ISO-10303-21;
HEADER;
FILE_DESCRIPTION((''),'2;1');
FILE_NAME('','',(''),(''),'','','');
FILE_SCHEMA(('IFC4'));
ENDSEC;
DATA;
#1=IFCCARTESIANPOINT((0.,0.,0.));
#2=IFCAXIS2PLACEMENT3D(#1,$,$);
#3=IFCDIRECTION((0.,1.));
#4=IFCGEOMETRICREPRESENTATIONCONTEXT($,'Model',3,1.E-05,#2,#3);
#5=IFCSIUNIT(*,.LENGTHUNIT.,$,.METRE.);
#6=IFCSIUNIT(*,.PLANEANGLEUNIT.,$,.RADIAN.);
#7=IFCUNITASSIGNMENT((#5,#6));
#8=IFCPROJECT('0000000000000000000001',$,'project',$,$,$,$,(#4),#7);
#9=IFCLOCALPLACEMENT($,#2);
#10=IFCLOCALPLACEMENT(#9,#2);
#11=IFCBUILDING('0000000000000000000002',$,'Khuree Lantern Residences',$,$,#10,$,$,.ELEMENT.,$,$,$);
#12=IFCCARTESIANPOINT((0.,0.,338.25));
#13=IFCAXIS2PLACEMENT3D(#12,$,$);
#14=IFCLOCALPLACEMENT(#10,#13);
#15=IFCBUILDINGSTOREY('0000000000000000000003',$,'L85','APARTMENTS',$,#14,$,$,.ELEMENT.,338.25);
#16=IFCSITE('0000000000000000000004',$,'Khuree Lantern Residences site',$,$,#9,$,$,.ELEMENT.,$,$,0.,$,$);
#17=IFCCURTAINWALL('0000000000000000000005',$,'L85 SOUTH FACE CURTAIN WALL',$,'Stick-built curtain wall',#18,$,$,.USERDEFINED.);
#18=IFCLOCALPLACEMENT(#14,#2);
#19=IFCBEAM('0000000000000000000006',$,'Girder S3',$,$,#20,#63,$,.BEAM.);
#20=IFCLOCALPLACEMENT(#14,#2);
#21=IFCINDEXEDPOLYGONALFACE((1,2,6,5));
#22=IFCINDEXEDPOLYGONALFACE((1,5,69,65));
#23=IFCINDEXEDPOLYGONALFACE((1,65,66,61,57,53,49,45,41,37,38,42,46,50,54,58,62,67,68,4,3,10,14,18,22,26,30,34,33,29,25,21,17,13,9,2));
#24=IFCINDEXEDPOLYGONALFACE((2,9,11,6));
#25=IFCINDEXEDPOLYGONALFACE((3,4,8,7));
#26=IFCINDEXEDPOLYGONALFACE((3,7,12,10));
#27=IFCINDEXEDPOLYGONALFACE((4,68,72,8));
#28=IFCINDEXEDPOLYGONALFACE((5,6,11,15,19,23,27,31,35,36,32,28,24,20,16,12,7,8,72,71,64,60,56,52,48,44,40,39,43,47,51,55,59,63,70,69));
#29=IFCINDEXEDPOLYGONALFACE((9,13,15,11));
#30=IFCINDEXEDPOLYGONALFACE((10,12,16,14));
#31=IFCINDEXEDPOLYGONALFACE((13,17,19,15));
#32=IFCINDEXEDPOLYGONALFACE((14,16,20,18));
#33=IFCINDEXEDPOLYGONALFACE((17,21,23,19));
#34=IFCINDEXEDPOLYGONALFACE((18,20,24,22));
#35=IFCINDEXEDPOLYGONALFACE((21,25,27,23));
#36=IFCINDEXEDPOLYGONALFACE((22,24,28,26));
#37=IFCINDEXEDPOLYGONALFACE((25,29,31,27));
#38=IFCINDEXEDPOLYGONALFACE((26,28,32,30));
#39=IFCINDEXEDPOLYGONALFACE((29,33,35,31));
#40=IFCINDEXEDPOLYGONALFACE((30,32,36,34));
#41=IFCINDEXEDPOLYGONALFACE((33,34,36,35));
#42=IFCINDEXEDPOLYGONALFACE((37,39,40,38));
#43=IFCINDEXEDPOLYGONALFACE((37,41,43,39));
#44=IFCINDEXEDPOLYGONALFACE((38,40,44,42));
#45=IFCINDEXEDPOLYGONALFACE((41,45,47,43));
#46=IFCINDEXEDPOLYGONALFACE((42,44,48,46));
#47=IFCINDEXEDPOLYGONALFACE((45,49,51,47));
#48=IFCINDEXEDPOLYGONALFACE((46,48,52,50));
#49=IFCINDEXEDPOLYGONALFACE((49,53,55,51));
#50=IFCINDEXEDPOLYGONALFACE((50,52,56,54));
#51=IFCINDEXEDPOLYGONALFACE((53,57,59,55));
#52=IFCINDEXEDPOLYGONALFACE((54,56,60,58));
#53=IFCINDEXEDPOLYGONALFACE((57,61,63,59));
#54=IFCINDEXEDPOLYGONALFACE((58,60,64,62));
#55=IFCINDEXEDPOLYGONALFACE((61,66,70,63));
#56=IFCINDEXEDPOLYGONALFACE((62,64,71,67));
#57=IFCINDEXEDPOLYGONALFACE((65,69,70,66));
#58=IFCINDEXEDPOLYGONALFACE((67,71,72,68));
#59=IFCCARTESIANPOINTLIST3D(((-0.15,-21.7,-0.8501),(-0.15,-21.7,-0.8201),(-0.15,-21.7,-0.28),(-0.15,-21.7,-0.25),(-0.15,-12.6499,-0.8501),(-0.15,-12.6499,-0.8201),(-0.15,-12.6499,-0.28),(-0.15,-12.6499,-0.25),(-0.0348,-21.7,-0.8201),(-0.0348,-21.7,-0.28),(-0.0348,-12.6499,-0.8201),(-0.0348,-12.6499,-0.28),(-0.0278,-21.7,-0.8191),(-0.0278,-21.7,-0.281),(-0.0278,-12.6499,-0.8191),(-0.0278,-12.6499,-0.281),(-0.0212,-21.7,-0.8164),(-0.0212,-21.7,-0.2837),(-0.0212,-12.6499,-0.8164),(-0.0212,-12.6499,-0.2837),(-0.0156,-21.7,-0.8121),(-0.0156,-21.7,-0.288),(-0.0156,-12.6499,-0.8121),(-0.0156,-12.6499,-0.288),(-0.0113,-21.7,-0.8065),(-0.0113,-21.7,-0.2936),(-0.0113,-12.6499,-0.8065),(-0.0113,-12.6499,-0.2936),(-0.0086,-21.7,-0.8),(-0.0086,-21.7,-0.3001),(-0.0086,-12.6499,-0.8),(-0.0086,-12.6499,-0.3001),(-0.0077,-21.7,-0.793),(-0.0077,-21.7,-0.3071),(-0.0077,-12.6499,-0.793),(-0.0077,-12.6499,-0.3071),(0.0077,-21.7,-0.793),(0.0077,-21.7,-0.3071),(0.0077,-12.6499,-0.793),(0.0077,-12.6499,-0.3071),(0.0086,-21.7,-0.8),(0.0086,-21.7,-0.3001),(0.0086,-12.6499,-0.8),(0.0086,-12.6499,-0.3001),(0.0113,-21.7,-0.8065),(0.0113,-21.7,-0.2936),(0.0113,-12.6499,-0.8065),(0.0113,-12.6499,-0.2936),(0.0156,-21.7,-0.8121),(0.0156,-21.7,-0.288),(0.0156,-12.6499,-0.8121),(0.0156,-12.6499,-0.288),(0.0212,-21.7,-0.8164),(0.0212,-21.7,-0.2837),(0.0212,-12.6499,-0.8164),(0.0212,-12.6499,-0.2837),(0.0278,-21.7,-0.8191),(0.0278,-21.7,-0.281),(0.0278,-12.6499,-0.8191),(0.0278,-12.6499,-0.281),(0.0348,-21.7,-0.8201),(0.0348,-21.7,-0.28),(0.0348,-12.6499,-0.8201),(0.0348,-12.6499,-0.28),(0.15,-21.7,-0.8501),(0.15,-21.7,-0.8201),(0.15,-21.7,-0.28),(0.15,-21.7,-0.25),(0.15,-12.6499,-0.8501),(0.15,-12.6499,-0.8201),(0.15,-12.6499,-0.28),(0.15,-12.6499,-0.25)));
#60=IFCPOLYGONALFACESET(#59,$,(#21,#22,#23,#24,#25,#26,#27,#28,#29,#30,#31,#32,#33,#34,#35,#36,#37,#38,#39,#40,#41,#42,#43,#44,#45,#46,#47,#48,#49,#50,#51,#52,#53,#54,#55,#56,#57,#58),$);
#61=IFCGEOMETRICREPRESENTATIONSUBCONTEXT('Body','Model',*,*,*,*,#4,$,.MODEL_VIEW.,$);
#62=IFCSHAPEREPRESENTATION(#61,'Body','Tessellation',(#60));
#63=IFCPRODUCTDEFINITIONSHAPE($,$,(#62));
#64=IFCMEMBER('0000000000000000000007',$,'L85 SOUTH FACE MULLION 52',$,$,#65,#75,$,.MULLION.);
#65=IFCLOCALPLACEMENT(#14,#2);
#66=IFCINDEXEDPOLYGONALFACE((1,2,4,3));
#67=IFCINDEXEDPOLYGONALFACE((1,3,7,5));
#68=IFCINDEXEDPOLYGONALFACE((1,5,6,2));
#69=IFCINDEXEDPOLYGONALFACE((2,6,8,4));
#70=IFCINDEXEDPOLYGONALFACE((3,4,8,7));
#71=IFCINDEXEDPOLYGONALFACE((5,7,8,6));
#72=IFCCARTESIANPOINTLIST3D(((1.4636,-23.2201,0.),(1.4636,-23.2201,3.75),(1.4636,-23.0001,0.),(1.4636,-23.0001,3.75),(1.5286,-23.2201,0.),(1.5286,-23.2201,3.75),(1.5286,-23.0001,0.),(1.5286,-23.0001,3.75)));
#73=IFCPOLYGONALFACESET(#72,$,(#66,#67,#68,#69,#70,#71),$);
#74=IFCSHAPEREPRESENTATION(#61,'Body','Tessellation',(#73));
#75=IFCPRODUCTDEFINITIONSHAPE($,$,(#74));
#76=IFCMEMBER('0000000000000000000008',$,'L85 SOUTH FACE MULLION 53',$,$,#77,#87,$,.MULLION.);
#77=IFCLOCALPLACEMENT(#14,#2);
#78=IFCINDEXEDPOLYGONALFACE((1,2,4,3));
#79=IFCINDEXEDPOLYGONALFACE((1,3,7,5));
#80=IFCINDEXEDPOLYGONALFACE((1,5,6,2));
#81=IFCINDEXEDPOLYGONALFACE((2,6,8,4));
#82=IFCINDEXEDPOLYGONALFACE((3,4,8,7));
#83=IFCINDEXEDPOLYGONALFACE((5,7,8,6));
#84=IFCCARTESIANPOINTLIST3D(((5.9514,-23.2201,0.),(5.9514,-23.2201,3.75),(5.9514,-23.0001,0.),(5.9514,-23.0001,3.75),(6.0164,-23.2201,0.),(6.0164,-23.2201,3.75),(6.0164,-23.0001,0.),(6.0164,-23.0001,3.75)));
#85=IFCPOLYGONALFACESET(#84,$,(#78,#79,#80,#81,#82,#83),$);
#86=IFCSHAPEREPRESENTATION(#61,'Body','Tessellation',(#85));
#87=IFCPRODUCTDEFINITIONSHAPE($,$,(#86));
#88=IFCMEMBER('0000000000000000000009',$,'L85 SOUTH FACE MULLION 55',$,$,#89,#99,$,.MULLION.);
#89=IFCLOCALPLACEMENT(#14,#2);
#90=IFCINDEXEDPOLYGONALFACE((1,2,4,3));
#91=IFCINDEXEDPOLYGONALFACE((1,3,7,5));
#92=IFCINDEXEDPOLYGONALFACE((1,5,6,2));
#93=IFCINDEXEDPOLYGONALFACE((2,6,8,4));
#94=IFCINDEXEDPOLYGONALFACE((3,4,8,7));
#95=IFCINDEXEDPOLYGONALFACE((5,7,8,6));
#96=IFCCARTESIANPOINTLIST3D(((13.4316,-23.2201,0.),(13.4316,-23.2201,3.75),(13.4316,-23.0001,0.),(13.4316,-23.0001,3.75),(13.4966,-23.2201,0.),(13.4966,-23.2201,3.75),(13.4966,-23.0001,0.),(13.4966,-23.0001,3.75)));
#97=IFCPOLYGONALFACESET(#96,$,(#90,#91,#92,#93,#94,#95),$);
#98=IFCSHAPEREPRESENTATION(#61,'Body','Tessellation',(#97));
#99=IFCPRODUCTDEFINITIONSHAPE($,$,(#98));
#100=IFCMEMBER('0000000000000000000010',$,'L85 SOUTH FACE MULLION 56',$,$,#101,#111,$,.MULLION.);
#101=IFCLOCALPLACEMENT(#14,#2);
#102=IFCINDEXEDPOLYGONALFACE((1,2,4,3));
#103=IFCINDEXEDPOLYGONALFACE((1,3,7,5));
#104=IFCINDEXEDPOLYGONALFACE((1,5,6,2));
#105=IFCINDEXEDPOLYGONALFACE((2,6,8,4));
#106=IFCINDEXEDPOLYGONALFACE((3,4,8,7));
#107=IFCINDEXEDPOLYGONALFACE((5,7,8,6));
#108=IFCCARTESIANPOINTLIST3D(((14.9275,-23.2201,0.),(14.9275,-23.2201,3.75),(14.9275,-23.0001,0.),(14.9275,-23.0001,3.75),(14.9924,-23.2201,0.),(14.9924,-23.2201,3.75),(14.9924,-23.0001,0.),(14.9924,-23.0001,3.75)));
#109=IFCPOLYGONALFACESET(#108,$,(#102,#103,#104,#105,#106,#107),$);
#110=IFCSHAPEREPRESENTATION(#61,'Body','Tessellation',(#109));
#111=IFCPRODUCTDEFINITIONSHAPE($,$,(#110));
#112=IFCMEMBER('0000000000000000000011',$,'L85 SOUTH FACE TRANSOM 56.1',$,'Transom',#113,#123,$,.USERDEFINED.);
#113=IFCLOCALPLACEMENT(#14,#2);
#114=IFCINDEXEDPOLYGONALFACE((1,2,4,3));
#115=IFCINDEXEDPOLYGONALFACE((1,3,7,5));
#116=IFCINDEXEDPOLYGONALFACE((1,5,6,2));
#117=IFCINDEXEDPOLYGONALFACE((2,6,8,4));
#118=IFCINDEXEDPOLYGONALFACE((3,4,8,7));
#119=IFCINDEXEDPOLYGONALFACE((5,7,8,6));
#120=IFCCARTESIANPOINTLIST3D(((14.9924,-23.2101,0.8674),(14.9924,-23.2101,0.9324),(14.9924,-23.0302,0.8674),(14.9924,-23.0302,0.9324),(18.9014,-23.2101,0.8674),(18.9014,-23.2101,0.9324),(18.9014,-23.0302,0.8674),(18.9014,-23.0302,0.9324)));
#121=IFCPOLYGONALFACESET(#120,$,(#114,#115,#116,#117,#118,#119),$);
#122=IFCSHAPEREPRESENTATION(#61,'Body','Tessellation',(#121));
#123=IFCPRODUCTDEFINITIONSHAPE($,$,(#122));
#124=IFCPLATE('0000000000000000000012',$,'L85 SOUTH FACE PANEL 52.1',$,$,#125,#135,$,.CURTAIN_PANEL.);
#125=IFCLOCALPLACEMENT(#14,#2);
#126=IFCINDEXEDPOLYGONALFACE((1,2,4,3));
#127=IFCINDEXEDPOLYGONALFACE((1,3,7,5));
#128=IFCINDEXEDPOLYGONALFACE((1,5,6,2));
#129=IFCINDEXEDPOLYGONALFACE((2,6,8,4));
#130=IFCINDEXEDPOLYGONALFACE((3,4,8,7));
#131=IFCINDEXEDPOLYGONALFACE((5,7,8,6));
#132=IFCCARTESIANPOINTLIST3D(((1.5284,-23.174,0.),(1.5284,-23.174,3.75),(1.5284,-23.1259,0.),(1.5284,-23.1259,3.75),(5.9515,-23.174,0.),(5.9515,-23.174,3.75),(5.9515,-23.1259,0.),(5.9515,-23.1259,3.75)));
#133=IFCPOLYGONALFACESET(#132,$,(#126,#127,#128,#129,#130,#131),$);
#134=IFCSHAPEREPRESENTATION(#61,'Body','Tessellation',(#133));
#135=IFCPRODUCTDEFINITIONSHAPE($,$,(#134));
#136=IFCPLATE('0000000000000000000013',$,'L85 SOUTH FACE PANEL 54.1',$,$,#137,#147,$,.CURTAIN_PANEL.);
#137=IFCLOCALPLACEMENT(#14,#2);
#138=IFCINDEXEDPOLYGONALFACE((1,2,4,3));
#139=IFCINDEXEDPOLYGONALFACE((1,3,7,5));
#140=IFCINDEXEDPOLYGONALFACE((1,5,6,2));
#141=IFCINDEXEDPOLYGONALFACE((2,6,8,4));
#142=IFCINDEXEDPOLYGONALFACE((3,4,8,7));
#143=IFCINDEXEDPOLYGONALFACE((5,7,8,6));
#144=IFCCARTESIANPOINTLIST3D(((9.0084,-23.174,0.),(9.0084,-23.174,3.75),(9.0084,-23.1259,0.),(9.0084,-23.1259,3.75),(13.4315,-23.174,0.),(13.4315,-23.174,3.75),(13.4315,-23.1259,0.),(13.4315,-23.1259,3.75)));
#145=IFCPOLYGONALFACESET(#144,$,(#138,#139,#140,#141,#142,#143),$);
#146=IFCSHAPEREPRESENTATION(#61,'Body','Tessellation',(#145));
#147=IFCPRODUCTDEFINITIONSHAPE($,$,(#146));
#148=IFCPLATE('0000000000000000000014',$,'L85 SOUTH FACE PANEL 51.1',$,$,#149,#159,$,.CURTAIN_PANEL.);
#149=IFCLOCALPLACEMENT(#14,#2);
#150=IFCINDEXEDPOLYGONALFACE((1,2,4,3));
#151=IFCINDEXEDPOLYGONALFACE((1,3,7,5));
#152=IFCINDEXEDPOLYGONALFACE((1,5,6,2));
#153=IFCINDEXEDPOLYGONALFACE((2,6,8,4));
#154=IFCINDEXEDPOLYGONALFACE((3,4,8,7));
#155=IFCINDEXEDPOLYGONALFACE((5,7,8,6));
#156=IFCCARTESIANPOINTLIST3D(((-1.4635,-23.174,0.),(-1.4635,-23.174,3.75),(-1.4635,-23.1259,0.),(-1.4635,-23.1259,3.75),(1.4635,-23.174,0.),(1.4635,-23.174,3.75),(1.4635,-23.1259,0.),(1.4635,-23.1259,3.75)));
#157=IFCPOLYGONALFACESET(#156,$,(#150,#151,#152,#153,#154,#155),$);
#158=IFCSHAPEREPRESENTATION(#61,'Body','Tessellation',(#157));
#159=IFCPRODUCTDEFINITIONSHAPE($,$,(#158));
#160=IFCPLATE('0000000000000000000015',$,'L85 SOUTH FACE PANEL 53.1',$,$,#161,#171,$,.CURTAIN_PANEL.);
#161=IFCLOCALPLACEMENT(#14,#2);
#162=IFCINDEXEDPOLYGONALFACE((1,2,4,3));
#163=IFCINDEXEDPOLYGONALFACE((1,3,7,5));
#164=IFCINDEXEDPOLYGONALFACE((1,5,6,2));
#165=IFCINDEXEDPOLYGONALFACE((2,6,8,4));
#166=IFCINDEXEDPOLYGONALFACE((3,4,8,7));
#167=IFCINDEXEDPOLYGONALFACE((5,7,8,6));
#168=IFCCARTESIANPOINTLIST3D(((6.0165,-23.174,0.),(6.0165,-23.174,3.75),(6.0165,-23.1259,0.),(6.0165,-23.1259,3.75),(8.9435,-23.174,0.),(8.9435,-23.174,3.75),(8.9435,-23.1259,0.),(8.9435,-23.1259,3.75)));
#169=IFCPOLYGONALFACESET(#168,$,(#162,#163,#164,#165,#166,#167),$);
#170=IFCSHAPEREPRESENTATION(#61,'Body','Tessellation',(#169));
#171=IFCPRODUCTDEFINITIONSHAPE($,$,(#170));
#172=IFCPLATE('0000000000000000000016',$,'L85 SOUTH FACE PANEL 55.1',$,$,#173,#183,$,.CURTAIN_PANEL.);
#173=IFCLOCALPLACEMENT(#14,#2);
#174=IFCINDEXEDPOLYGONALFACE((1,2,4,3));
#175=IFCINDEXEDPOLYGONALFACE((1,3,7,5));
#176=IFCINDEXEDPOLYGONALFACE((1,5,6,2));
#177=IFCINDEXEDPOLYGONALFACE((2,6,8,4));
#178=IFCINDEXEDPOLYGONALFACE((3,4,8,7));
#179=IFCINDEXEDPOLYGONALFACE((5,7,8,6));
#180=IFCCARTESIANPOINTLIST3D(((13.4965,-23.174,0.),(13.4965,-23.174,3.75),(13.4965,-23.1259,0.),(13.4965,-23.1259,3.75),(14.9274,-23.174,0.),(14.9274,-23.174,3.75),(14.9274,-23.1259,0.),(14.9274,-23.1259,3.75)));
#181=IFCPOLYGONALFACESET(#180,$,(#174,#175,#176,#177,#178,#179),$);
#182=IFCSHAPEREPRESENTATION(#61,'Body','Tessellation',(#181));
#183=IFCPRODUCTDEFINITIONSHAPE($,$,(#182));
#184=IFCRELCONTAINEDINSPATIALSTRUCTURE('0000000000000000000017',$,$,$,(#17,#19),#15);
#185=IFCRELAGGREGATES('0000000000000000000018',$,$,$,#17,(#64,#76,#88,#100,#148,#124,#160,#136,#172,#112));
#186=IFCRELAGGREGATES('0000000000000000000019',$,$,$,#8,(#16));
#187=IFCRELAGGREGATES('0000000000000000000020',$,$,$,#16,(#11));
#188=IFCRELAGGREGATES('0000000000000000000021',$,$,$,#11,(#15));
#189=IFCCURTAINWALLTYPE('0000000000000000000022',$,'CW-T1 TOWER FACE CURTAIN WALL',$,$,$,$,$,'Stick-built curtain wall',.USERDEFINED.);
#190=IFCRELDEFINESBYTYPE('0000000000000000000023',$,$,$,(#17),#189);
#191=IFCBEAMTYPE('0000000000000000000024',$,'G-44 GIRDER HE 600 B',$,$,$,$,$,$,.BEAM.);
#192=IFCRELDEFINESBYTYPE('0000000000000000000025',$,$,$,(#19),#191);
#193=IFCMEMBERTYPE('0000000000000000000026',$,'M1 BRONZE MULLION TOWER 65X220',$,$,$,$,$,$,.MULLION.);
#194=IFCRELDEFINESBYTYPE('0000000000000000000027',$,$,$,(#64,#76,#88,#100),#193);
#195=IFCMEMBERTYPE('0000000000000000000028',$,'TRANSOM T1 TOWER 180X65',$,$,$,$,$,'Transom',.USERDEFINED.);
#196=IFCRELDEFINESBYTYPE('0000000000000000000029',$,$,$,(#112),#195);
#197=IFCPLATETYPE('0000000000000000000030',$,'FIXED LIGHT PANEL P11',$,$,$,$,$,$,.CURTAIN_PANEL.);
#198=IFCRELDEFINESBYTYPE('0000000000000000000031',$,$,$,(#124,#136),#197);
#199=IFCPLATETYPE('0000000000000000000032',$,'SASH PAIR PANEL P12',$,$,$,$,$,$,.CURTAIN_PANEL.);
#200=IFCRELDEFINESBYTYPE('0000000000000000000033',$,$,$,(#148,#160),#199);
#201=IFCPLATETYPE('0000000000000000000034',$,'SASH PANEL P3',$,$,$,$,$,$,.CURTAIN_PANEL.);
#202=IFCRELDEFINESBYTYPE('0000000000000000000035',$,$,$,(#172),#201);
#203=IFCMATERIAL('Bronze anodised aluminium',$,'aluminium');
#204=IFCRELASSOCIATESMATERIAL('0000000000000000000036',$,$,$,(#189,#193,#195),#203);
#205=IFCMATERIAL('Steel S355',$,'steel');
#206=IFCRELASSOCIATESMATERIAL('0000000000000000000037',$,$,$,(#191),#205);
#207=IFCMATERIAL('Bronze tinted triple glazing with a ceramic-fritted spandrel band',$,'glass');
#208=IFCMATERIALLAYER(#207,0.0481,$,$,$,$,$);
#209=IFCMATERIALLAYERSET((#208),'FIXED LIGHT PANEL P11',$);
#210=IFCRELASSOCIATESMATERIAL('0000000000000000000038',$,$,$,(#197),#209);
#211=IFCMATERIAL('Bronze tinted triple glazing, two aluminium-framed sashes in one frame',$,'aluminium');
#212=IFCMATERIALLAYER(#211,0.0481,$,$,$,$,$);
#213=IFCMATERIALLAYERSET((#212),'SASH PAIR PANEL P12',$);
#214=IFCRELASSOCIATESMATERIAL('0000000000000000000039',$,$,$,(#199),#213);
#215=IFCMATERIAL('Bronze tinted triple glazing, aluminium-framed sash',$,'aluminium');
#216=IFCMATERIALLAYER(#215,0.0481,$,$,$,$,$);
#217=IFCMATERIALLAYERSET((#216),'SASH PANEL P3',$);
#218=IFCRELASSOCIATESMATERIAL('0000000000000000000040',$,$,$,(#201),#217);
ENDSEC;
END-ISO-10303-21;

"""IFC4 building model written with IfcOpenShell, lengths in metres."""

from ifc_helpers import new_model, si_unit, direction, frame, origin, origin_2d, place, context, subcontext, project, spatial, rectangle, i_section, extrude, material, layer, layer_set, material_profile, profile_set, type_object, element, aggregate, save


model = new_model("IFC4")

# Units and contexts
model_context = context("Model", 3, precision=1e-05, world=origin(), true_north=direction((0.0, 1.0)))
body_context = subcontext(model_context, "Body", "Model", "MODEL_VIEW")
ifc_project = project(units=[si_unit("LENGTHUNIT", "METRE"), si_unit("PLANEANGLEUNIT", "RADIAN")], contexts=[model_context])

# Site, building, storey
site_placement = place(None, origin())
site = spatial("IfcSite", under=ifc_project, at=site_placement, Name="Khuree Lantern Residences site", CompositionType="ELEMENT", RefElevation=0.0)
building_placement = place(site_placement, origin())
building = spatial("IfcBuilding", under=site, at=building_placement, Name="Khuree Lantern Residences", CompositionType="ELEMENT")
storey_placement = place(building_placement, frame((0.0, 0.0, 338.25)))
storey = spatial("IfcBuildingStorey", under=building, at=storey_placement, Name="L85", Description="APARTMENTS", CompositionType="ELEMENT", Elevation=338.25)

# Shared definitions
ifc_material_1 = material(Name="Steel S355", Category="steel")

# Curtain wall
ifc_material_2 = material(Name="Bronze anodised aluminium", Category="aluminium")
curtain_wall_type = type_object("IfcCurtainWallType", Name="CW-T1 TOWER FACE CURTAIN WALL", ElementType="Stick-built curtain wall", PredefinedType="USERDEFINED", material=ifc_material_2)
curtain_wall_placement = place(storey_placement, origin())
curtain_wall = element("IfcCurtainWall", 1, at=curtain_wall_placement, inside=storey, type_object=curtain_wall_type, Name="L85 SOUTH FACE CURTAIN WALL", ObjectType="Stick-built curtain wall", PredefinedType="USERDEFINED")

# Beam
ifc_material_profile_1 = material_profile(ifc_material_1, i_section(OverallWidth=0.3, OverallDepth=0.6001, WebThickness=0.0154, FlangeThickness=0.03, FilletRadius=0.0271, at=origin_2d()), Name="HE 600 B")
ifc_profile_set_1 = profile_set([ifc_material_profile_1], Name="Steel S355")
beam_type_1 = type_object("IfcBeamType", Name="G-44 GIRDER HE 600 B", PredefinedType="BEAM", material=ifc_profile_set_1)
for number, where, z_axis, x_axis, name in (
    (2, (0.0, -21.7, -0.55), (0.0, 1.0, 0.0), (-1.0, 0.0, 0.0), "Girder S3"),
):
    element("IfcBeam", number, at=place(storey_placement, frame(where, z_axis=z_axis, x_axis=x_axis)), inside=storey, type_object=beam_type_1, Name=name, PredefinedType="BEAM", context=body_context, shape_type="SweptSolid", body=[
        extrude(i_section(OverallWidth=0.3, OverallDepth=0.6001, WebThickness=0.0154, FlangeThickness=0.03, FilletRadius=0.0271, at=origin_2d()), origin(), (0.0, 0.0, 1.0), 9.05),
    ])

# Members
ifc_material_profile_2 = material_profile(ifc_material_2, rectangle(XDim=0.0649, YDim=0.22, at=origin_2d()), Name="M1 65X220")
ifc_profile_set_2 = profile_set([ifc_material_profile_2], Name="Bronze anodised aluminium")
member_type_1 = type_object("IfcMemberType", Name="M1 BRONZE MULLION TOWER 65X220", PredefinedType="MULLION", material=ifc_profile_set_2)
member_1_placement = place(storey_placement, frame((1.4961, -23.1101, 0.0), z_axis=(0.0, 0.0, 1.0), x_axis=(1.0, 0.0, 0.0)))
member_1 = element("IfcMember", 3, at=member_1_placement, type_object=member_type_1, Name="L85 SOUTH FACE MULLION 52", PredefinedType="MULLION", context=body_context, shape_type="SweptSolid", body=[
    extrude(rectangle(XDim=0.0649, YDim=0.22, at=origin_2d()), origin(), (0.0, 0.0, 1.0), 3.75),
])
member_2_placement = place(storey_placement, frame((5.9839, -23.1101, 0.0), z_axis=(0.0, 0.0, 1.0), x_axis=(1.0, 0.0, 0.0)))
member_2 = element("IfcMember", 4, at=member_2_placement, type_object=member_type_1, Name="L85 SOUTH FACE MULLION 53", PredefinedType="MULLION", context=body_context, shape_type="SweptSolid", body=[
    extrude(rectangle(XDim=0.0649, YDim=0.22, at=origin_2d()), origin(), (0.0, 0.0, 1.0), 3.75),
])
member_3_placement = place(storey_placement, frame((13.4641, -23.1101, 0.0), z_axis=(0.0, 0.0, 1.0), x_axis=(1.0, 0.0, 0.0)))
member_3 = element("IfcMember", 5, at=member_3_placement, type_object=member_type_1, Name="L85 SOUTH FACE MULLION 55", PredefinedType="MULLION", context=body_context, shape_type="SweptSolid", body=[
    extrude(rectangle(XDim=0.0649, YDim=0.22, at=origin_2d()), origin(), (0.0, 0.0, 1.0), 3.75),
])
member_4_placement = place(storey_placement, frame((14.96, -23.1101, 0.0), z_axis=(0.0, 0.0, 1.0), x_axis=(1.0, 0.0, 0.0)))
member_4 = element("IfcMember", 6, at=member_4_placement, type_object=member_type_1, Name="L85 SOUTH FACE MULLION 56", PredefinedType="MULLION", context=body_context, shape_type="SweptSolid", body=[
    extrude(rectangle(XDim=0.0649, YDim=0.22, at=origin_2d()), origin(), (0.0, 0.0, 1.0), 3.75),
])
ifc_material_profile_3 = material_profile(ifc_material_2, rectangle(XDim=0.1799, YDim=0.0649, at=origin_2d()), Name="T1 180X65")
ifc_profile_set_3 = profile_set([ifc_material_profile_3], Name="Bronze anodised aluminium")
member_type_2 = type_object("IfcMemberType", Name="TRANSOM T1 TOWER 180X65", ElementType="Transom", PredefinedType="USERDEFINED", material=ifc_profile_set_3)
member_5_placement = place(storey_placement, frame((14.9924, -23.1201, 0.8999), z_axis=(1.0, 0.0, 0.0), x_axis=(0.0, 1.0, 0.0)))
member_5 = element("IfcMember", 7, at=member_5_placement, type_object=member_type_2, Name="L85 SOUTH FACE TRANSOM 56.1", ObjectType="Transom", PredefinedType="USERDEFINED", context=body_context, shape_type="SweptSolid", body=[
    extrude(rectangle(XDim=0.1799, YDim=0.0649, at=origin_2d()), origin(), (0.0, 0.0, 1.0), 3.9089),
])

# Plates
ifc_material_3 = material(Name="Bronze tinted triple glazing with a ceramic-fritted spandrel band", Category="glass")
ifc_layer_1 = layer(ifc_material_3, 0.0481)
ifc_layer_set_1 = layer_set([ifc_layer_1], Name="FIXED LIGHT PANEL P11")
plate_type_1 = type_object("IfcPlateType", Name="FIXED LIGHT PANEL P11", PredefinedType="CURTAIN_PANEL", material=ifc_layer_set_1)
plate_1_placement = place(storey_placement, frame((3.74, -23.1499, 0.0), z_axis=(0.0, 0.0, 1.0), x_axis=(1.0, 0.0, 0.0)))
plate_1 = element("IfcPlate", 8, at=plate_1_placement, type_object=plate_type_1, Name="L85 SOUTH FACE PANEL 52.1", PredefinedType="CURTAIN_PANEL", context=body_context, shape_type="SweptSolid", body=[
    extrude(rectangle(XDim=4.4231, YDim=0.0481, at=origin_2d()), origin(), (0.0, 0.0, 1.0), 3.75),
])
plate_2_placement = place(storey_placement, frame((11.22, -23.1499, 0.0), z_axis=(0.0, 0.0, 1.0), x_axis=(1.0, 0.0, 0.0)))
plate_2 = element("IfcPlate", 9, at=plate_2_placement, type_object=plate_type_1, Name="L85 SOUTH FACE PANEL 54.1", PredefinedType="CURTAIN_PANEL", context=body_context, shape_type="SweptSolid", body=[
    extrude(rectangle(XDim=4.4231, YDim=0.0481, at=origin_2d()), origin(), (0.0, 0.0, 1.0), 3.75),
])
ifc_material_4 = material(Name="Bronze tinted triple glazing, two aluminium-framed sashes in one frame", Category="aluminium")
ifc_layer_2 = layer(ifc_material_4, 0.0481)
ifc_layer_set_2 = layer_set([ifc_layer_2], Name="SASH PAIR PANEL P12")
plate_type_2 = type_object("IfcPlateType", Name="SASH PAIR PANEL P12", PredefinedType="CURTAIN_PANEL", material=ifc_layer_set_2)
plate_3_placement = place(storey_placement, frame((0.0, -23.1499, 0.0), z_axis=(0.0, 0.0, 1.0), x_axis=(1.0, 0.0, 0.0)))
plate_3 = element("IfcPlate", 10, at=plate_3_placement, type_object=plate_type_2, Name="L85 SOUTH FACE PANEL 51.1", PredefinedType="CURTAIN_PANEL", context=body_context, shape_type="SweptSolid", body=[
    extrude(rectangle(XDim=2.927, YDim=0.0481, at=origin_2d()), origin(), (0.0, 0.0, 1.0), 3.75),
])
plate_4_placement = place(storey_placement, frame((7.48, -23.1499, 0.0), z_axis=(0.0, 0.0, 1.0), x_axis=(1.0, 0.0, 0.0)))
plate_4 = element("IfcPlate", 11, at=plate_4_placement, type_object=plate_type_2, Name="L85 SOUTH FACE PANEL 53.1", PredefinedType="CURTAIN_PANEL", context=body_context, shape_type="SweptSolid", body=[
    extrude(rectangle(XDim=2.927, YDim=0.0481, at=origin_2d()), origin(), (0.0, 0.0, 1.0), 3.75),
])
ifc_material_5 = material(Name="Bronze tinted triple glazing, aluminium-framed sash", Category="aluminium")
ifc_layer_3 = layer(ifc_material_5, 0.0481)
ifc_layer_set_3 = layer_set([ifc_layer_3], Name="SASH PANEL P3")
plate_type_3 = type_object("IfcPlateType", Name="SASH PANEL P3", PredefinedType="CURTAIN_PANEL", material=ifc_layer_set_3)
plate_5_placement = place(storey_placement, frame((14.2119, -23.1499, 0.0), z_axis=(0.0, 0.0, 1.0), x_axis=(1.0, 0.0, 0.0)))
plate_5 = element("IfcPlate", 12, at=plate_5_placement, type_object=plate_type_3, Name="L85 SOUTH FACE PANEL 55.1", PredefinedType="CURTAIN_PANEL", context=body_context, shape_type="SweptSolid", body=[
    extrude(rectangle(XDim=1.4309, YDim=0.0481, at=origin_2d()), origin(), (0.0, 0.0, 1.0), 3.75),
])
aggregate(curtain_wall, [member_1, member_2, member_3, member_4, plate_3, plate_1, plate_4, plate_2, plate_5, member_5])

save(model, "model.ifc")
